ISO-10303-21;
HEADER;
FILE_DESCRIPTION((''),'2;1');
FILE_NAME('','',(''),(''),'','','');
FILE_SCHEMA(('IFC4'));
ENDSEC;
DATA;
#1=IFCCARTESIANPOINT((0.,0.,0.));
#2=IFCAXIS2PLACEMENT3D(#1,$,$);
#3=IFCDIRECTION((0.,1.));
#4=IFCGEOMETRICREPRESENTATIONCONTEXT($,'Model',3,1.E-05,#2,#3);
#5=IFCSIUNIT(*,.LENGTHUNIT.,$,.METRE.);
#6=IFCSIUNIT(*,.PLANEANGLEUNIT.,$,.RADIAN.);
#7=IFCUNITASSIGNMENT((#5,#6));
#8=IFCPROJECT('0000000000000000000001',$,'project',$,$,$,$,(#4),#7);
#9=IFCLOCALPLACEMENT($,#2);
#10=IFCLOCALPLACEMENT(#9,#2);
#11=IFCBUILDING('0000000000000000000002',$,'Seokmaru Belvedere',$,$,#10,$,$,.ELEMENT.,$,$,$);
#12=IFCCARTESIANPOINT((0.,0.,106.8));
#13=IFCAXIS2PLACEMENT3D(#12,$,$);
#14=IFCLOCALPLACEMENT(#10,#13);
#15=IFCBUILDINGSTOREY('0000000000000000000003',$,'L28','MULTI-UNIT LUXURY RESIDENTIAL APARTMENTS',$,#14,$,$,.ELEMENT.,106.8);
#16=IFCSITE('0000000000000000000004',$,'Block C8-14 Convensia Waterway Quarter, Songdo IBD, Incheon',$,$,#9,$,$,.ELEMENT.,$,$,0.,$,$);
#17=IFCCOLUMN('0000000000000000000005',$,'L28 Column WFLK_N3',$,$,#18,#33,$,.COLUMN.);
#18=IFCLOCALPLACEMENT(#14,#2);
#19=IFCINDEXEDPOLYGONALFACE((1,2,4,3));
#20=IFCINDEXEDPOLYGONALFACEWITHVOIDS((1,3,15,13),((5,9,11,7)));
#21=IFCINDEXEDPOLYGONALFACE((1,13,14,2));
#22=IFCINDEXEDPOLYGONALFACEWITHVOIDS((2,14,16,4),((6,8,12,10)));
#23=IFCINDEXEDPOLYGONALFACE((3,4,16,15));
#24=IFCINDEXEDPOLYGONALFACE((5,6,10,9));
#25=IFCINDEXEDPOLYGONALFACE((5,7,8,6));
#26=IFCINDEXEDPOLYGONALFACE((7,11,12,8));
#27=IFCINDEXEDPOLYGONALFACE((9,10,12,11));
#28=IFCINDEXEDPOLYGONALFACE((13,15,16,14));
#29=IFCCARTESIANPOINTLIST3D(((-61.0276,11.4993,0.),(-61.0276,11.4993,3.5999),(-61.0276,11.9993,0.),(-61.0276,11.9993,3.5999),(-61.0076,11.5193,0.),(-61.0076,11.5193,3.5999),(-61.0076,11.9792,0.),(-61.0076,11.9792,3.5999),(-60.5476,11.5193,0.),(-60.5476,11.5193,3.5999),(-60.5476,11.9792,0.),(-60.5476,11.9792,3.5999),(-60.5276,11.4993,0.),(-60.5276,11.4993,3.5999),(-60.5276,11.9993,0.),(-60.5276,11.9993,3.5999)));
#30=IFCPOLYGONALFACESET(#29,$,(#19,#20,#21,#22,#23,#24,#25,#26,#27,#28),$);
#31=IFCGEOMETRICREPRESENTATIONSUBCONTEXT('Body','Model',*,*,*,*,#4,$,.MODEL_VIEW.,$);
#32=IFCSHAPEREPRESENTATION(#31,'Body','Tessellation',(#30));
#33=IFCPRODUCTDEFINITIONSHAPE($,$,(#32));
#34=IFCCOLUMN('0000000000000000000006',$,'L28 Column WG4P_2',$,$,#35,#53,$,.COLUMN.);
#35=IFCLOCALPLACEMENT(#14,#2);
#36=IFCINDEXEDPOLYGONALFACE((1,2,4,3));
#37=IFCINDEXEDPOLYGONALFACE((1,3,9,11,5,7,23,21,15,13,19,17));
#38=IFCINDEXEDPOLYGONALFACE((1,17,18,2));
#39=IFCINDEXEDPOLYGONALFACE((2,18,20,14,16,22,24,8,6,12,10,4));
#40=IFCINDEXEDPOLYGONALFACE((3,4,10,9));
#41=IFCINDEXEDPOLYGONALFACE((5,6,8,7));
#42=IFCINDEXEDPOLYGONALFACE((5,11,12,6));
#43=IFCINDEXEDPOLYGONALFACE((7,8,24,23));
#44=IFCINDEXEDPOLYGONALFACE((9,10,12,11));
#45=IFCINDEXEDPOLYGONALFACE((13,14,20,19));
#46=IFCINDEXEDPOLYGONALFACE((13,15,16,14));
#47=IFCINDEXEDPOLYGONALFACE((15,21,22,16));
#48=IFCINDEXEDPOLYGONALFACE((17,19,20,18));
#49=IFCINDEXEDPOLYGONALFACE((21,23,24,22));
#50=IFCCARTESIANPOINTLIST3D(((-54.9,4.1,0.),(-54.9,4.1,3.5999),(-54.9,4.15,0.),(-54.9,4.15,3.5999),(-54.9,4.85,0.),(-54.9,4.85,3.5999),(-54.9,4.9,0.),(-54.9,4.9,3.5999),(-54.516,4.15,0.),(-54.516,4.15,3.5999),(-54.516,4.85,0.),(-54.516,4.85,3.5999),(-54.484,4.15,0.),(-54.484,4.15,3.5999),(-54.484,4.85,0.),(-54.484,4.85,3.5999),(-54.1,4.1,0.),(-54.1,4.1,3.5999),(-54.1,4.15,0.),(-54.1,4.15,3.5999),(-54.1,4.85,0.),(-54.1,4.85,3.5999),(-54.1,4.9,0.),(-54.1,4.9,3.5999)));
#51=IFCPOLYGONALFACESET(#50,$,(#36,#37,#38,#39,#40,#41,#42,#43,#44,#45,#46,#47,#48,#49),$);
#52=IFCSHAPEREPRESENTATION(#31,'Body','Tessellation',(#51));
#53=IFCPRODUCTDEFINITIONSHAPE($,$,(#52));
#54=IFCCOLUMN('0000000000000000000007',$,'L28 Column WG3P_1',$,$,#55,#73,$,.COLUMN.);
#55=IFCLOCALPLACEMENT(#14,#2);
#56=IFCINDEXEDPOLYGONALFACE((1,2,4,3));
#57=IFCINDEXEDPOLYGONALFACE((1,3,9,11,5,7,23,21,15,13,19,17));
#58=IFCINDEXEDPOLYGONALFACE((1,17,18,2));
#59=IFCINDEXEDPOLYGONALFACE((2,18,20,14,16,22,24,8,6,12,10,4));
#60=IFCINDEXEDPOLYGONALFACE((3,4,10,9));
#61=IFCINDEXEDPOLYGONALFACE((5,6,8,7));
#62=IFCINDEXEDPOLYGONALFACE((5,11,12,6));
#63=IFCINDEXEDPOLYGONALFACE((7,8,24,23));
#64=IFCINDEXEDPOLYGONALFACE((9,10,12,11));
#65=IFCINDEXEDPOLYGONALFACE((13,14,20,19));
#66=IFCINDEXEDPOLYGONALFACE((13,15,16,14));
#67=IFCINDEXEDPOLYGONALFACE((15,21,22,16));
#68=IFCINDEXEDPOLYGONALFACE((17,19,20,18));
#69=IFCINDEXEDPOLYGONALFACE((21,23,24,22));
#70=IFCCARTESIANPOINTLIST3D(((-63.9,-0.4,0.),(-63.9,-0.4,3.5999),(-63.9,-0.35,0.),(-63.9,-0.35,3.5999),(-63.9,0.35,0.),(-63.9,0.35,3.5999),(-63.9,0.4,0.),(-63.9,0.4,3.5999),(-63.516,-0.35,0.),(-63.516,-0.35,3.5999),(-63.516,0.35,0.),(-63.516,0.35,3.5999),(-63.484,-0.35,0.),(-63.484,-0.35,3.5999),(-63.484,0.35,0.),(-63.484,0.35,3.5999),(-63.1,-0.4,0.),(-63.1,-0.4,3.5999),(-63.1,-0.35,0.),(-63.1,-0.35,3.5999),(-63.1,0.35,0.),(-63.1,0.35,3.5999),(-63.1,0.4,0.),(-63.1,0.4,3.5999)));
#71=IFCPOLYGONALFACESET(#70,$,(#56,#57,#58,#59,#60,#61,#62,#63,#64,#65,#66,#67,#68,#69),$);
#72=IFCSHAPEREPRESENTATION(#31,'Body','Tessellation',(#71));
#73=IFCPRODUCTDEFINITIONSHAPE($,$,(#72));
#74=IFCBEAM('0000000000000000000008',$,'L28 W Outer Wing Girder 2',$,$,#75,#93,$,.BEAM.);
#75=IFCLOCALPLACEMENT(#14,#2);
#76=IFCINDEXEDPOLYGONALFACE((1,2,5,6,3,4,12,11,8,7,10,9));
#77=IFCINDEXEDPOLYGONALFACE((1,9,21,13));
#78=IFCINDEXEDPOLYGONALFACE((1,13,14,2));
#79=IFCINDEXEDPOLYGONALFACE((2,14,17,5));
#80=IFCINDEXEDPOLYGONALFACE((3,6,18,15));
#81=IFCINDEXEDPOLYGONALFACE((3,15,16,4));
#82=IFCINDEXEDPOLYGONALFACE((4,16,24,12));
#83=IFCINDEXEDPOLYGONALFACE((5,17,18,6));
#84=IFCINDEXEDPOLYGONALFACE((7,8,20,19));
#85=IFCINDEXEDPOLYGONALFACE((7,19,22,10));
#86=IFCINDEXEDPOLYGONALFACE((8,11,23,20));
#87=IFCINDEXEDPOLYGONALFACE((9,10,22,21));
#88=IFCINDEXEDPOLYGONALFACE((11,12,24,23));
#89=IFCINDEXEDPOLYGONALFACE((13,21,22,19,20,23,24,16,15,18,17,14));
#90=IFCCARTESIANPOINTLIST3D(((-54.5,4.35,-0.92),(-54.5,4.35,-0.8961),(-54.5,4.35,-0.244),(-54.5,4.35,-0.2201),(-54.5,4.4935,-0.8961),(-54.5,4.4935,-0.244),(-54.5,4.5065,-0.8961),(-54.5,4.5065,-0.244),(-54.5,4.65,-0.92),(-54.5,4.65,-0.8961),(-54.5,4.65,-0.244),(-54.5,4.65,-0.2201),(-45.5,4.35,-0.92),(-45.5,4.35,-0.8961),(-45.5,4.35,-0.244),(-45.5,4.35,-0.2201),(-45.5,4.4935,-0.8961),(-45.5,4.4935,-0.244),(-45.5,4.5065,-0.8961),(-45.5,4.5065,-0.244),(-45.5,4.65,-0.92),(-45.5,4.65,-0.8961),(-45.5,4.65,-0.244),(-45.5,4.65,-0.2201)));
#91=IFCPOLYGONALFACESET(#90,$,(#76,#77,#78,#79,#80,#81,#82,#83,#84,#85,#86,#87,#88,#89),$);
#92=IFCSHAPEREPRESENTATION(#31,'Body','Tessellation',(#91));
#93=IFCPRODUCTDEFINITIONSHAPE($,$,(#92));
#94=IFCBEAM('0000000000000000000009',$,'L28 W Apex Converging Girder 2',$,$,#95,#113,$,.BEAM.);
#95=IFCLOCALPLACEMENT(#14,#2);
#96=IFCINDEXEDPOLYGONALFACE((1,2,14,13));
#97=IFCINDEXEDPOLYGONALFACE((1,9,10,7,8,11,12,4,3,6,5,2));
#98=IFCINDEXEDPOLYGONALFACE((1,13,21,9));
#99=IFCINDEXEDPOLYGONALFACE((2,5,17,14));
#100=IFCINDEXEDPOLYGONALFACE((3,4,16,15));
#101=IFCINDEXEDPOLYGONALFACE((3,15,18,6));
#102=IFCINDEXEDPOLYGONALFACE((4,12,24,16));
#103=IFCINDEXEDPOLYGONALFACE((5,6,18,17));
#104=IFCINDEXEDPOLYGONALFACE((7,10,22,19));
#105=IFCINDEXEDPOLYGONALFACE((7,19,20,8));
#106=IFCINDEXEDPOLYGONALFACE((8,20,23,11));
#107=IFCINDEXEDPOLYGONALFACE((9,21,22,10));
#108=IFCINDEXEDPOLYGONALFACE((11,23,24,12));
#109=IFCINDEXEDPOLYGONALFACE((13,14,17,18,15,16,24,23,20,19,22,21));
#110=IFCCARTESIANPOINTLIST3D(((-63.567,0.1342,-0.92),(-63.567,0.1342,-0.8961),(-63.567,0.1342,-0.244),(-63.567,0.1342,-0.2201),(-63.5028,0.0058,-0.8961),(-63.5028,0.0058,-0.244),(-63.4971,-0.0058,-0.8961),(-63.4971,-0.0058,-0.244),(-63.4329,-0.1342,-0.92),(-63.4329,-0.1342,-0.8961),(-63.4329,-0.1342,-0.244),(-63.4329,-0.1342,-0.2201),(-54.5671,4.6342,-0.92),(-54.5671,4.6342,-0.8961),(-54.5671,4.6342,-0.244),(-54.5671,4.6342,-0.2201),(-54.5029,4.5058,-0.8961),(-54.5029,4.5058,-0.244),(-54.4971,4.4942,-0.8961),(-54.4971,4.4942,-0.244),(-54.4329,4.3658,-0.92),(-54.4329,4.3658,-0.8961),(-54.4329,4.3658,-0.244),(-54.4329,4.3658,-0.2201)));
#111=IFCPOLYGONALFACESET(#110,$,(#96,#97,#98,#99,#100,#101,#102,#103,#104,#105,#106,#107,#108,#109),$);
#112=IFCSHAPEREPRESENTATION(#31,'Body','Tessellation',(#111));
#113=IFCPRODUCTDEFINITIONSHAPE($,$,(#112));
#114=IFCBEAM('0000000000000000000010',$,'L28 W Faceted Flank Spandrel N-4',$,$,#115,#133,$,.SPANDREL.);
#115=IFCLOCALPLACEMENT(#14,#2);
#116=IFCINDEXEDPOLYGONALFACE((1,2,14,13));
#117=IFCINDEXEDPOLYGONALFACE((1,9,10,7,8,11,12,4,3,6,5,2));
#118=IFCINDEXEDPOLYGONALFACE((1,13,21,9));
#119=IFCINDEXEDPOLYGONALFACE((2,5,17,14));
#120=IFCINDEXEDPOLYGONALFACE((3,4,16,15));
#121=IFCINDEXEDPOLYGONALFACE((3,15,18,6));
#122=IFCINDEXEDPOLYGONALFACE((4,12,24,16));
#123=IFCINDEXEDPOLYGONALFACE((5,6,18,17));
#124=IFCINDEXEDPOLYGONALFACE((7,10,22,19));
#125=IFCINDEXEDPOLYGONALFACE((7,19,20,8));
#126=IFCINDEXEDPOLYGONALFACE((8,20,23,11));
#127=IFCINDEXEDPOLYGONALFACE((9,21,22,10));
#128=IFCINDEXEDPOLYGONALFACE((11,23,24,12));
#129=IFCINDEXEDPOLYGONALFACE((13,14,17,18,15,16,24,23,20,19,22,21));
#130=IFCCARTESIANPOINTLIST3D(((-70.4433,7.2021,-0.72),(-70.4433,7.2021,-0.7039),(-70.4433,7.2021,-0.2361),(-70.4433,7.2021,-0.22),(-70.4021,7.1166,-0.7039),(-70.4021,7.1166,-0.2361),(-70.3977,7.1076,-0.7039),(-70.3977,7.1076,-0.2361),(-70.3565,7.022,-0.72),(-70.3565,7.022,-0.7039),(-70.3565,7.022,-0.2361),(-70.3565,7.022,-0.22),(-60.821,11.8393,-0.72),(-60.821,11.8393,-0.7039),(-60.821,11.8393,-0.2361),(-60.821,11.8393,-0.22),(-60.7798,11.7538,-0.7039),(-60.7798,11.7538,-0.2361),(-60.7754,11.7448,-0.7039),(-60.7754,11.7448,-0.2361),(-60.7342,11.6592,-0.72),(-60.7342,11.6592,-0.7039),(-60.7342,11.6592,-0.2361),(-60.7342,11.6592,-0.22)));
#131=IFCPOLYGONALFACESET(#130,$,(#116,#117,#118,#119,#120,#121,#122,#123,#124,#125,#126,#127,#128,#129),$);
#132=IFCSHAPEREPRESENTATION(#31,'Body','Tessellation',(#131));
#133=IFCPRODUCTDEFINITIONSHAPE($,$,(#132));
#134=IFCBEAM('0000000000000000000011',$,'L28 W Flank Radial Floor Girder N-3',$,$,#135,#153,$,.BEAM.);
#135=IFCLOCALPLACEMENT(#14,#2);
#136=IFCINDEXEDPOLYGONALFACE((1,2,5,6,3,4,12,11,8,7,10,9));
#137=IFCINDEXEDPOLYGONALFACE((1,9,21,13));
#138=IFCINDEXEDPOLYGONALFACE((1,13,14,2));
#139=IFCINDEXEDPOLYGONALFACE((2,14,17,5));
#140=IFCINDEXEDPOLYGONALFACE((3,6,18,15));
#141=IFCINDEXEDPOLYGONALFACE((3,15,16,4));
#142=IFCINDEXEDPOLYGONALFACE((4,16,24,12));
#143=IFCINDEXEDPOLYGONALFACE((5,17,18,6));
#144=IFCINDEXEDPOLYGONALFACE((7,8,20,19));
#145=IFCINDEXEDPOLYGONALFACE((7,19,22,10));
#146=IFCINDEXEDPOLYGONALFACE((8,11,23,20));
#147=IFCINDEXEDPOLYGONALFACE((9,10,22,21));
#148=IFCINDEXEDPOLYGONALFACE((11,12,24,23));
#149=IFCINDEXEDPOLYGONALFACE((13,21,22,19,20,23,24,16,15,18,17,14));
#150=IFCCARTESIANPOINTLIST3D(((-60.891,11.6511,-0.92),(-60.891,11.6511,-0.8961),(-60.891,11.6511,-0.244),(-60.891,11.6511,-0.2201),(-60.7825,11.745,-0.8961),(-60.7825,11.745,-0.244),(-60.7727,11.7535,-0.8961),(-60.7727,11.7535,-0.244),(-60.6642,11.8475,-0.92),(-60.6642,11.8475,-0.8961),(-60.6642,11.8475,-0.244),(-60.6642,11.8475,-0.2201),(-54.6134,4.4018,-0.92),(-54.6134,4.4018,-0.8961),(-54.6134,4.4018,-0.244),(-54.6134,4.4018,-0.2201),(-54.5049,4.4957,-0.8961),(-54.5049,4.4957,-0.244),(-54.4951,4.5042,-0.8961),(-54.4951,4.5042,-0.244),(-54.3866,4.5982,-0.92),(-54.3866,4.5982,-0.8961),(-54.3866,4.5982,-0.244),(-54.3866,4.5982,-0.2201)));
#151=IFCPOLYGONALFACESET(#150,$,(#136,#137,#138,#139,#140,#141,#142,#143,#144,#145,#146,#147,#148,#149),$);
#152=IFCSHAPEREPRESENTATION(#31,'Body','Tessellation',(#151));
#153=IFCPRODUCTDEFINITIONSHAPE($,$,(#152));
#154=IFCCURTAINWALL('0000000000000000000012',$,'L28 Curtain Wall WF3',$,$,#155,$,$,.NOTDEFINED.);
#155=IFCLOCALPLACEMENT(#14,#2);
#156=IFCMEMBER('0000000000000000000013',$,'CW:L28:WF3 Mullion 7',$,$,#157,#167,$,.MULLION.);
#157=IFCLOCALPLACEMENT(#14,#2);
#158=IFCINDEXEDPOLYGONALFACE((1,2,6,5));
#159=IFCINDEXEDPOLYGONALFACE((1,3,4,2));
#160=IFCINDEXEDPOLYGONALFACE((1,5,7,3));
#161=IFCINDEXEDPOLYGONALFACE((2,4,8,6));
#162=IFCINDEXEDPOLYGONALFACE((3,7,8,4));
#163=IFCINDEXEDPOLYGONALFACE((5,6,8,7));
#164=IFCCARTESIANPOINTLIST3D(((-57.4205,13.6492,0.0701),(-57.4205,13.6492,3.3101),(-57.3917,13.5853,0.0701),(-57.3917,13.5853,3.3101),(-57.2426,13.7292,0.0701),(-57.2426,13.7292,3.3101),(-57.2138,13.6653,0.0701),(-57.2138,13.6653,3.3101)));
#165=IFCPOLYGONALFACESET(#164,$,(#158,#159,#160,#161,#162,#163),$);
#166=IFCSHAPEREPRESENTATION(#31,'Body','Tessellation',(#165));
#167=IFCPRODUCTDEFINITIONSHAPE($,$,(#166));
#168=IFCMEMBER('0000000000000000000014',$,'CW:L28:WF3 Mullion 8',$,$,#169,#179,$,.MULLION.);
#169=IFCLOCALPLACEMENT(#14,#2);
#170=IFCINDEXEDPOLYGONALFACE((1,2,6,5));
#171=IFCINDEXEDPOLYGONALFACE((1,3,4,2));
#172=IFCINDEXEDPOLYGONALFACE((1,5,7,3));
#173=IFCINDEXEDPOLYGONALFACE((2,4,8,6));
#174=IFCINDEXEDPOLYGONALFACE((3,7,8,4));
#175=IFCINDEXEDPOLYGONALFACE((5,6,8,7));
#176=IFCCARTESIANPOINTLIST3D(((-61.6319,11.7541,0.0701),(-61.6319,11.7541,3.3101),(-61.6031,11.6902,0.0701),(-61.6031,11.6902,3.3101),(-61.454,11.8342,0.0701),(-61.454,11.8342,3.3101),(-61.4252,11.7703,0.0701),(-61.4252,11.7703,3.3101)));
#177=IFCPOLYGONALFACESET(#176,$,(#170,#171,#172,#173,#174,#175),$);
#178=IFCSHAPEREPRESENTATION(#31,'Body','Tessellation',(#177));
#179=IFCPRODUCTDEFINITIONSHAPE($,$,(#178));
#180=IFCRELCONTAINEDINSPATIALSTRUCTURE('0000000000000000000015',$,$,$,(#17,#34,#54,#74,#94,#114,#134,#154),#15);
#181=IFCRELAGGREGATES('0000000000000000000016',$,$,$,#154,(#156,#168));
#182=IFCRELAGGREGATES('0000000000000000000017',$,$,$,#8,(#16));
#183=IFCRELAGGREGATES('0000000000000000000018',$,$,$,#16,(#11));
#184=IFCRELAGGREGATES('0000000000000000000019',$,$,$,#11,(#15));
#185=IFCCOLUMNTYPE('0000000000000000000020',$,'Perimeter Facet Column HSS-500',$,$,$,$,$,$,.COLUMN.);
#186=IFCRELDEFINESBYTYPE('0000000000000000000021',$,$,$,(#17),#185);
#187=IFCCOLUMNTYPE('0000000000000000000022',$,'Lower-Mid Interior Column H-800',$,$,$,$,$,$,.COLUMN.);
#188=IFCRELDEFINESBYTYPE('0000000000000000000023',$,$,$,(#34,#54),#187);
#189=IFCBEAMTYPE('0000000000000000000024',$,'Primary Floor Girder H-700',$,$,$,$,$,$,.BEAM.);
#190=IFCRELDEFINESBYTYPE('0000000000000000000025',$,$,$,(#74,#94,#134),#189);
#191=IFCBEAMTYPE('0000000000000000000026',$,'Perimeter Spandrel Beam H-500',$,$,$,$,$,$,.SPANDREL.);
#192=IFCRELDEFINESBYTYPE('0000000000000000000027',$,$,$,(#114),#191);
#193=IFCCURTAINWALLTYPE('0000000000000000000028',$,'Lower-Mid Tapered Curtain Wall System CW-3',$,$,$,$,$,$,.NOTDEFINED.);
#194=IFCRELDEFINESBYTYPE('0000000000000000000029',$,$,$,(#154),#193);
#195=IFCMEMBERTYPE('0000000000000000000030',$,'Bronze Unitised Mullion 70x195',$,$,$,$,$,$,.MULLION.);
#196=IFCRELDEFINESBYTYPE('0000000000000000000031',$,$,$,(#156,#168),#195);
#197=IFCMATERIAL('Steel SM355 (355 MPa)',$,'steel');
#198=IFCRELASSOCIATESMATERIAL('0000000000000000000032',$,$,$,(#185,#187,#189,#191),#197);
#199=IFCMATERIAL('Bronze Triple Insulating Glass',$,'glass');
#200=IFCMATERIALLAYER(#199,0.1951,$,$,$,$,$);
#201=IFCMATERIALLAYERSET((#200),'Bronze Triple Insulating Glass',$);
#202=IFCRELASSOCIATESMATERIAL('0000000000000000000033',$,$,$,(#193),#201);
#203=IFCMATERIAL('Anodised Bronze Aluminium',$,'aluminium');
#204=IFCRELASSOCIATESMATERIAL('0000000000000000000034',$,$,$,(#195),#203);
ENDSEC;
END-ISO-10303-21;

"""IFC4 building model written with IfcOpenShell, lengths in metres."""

from ifc_helpers import new_model, si_unit, direction, frame, origin, origin_2d, place, context, subcontext, project, spatial, rectangle, hollow_rectangle, i_section, extrude, source, transform, mapped, material, layer, layer_set, material_profile, profile_set, type_object, type_shapes, element, aggregate, save


model = new_model("IFC4")

# Units and contexts
model_context = context("Model", 3, precision=1e-05, world=origin(), true_north=direction((0.0, 1.0)))
body_context = subcontext(model_context, "Body", "Model", "MODEL_VIEW")
ifc_project = project(units=[si_unit("LENGTHUNIT", "METRE"), si_unit("PLANEANGLEUNIT", "RADIAN")], contexts=[model_context])

# Site, building, storey
site_placement = place(None, origin())
site = spatial("IfcSite", under=ifc_project, at=site_placement, Name="Block C8-14 Convensia Waterway Quarter, Songdo IBD, Incheon", CompositionType="ELEMENT", RefElevation=0.0)
building_placement = place(site_placement, origin())
building = spatial("IfcBuilding", under=site, at=building_placement, Name="Seokmaru Belvedere", CompositionType="ELEMENT")
storey_placement = place(building_placement, frame((0.0, 0.0, 106.8)))
storey = spatial("IfcBuildingStorey", under=building, at=storey_placement, Name="L28", Description="MULTI-UNIT LUXURY RESIDENTIAL APARTMENTS", CompositionType="ELEMENT", Elevation=106.8)

# Columns
ifc_material_1 = material(Name="Steel SM355 (355 MPa)", Category="steel")
ifc_material_profile_1 = material_profile(ifc_material_1, hollow_rectangle(XDim=0.5, YDim=0.5, WallThickness=0.02, at=origin_2d()), Name="HSS-500x500x20")
ifc_profile_set_1 = profile_set([ifc_material_profile_1], Name="Steel SM355 (355 MPa)")
column_type_1 = type_object("IfcColumnType", Name="Perimeter Facet Column HSS-500", PredefinedType="COLUMN", material=ifc_profile_set_1)
shared_shape_1 = source(origin(), body_context, "Body", "SweptSolid", [
    extrude(hollow_rectangle(XDim=0.5, YDim=0.5, WallThickness=0.02, at=origin_2d()), origin(), (0.0, 0.0, 1.0), 3.5999),
])
type_shapes(column_type_1, [shared_shape_1])
column_placement = place(storey_placement, frame((-60.7776, 11.7493, 0.0), z_axis=(0.0, 0.0, 1.0), x_axis=(1.0, 0.0, 0.0)))
element("IfcColumn", 1, at=column_placement, inside=storey, type_object=column_type_1, Name="L28 Column WFLK_N3", PredefinedType="COLUMN", context=body_context, shape_type="MappedRepresentation", body=[
    mapped(shared_shape_1, transform((0.0, 0.0, 0.0), scale=1.0)),
])
ifc_material_profile_2 = material_profile(ifc_material_1, i_section(OverallWidth=0.8, OverallDepth=0.8, WebThickness=0.032, FlangeThickness=0.05, at=origin_2d()), Name="H-800x800x32x50")
ifc_profile_set_2 = profile_set([ifc_material_profile_2], Name="Steel SM355 (355 MPa)")
column_type_2 = type_object("IfcColumnType", Name="Lower-Mid Interior Column H-800", PredefinedType="COLUMN", material=ifc_profile_set_2)
shared_shape_2 = source(origin(), body_context, "Body", "SweptSolid", [
    extrude(i_section(OverallWidth=0.8, OverallDepth=0.8, WebThickness=0.032, FlangeThickness=0.05, at=origin_2d()), origin(), (0.0, 0.0, 1.0), 3.5999),
])
type_shapes(column_type_2, [shared_shape_2])
for number, where, z_axis, x_axis, name in (
    (2, (-54.5, 4.5, 0.0), (0.0, 0.0, 1.0), (1.0, 0.0, 0.0), "L28 Column WG4P_2"),
    (3, (-63.5, 0.0, 0.0), (0.0, 0.0, 1.0), (1.0, 0.0, 0.0), "L28 Column WG3P_1"),
):
    element("IfcColumn", number, at=place(storey_placement, frame(where, z_axis=z_axis, x_axis=x_axis)), inside=storey, type_object=column_type_2, Name=name, PredefinedType="COLUMN", context=body_context, shape_type="MappedRepresentation", body=[
        mapped(shared_shape_2, transform((0.0, 0.0, 0.0), scale=1.0)),
    ])

# Beams
ifc_material_profile_3 = material_profile(ifc_material_1, i_section(OverallWidth=0.3, OverallDepth=0.7, WebThickness=0.0129, FlangeThickness=0.0239, at=origin_2d()), Name="H-700x300x13x24")
ifc_profile_set_3 = profile_set([ifc_material_profile_3], Name="Steel SM355 (355 MPa)")
beam_type_1 = type_object("IfcBeamType", Name="Primary Floor Girder H-700", PredefinedType="BEAM", material=ifc_profile_set_3)
shared_shape_3 = source(origin(), body_context, "Body", "SweptSolid", [
    extrude(i_section(OverallWidth=0.3, OverallDepth=0.7, WebThickness=0.0129, FlangeThickness=0.0239, at=origin_2d()), origin(), (0.0, 0.0, 1.0), 9.0),
])
beam_1_placement = place(storey_placement, frame((-54.5, 4.5, -0.5701), z_axis=(1.0, 0.0, 0.0), x_axis=(0.0, 1.0, 0.0)))
element("IfcBeam", 4, at=beam_1_placement, inside=storey, type_object=beam_type_1, Name="L28 W Outer Wing Girder 2", PredefinedType="BEAM", context=body_context, shape_type="MappedRepresentation", body=[
    mapped(shared_shape_3, transform((0.0, 0.0, 0.0), scale=1.0)),
])
shared_shape_4 = source(origin(), body_context, "Body", "SweptSolid", [
    extrude(i_section(OverallWidth=0.3, OverallDepth=0.7, WebThickness=0.0129, FlangeThickness=0.0239, at=origin_2d()), origin(), (0.0, 0.0, 1.0), 10.0623),
])
beam_2_placement = place(storey_placement, frame((-54.5, 4.5, -0.5701), z_axis=(-0.894427, -0.447214, 0.0), x_axis=(0.447214, -0.894427, 0.0)))
element("IfcBeam", 5, at=beam_2_placement, inside=storey, type_object=beam_type_1, Name="L28 W Apex Converging Girder 2", PredefinedType="BEAM", context=body_context, shape_type="MappedRepresentation", body=[
    mapped(shared_shape_4, transform((0.0, 0.0, 0.0), scale=1.0)),
])
ifc_material_profile_4 = material_profile(ifc_material_1, i_section(OverallWidth=0.2, OverallDepth=0.5, WebThickness=0.01, FlangeThickness=0.0161, at=origin_2d()), Name="H-500x200x10x16")
ifc_profile_set_4 = profile_set([ifc_material_profile_4], Name="Steel SM355 (355 MPa)")
beam_type_2 = type_object("IfcBeamType", Name="Perimeter Spandrel Beam H-500", PredefinedType="SPANDREL", material=ifc_profile_set_4)
shared_shape_5 = source(origin(), body_context, "Body", "SweptSolid", [
    extrude(i_section(OverallWidth=0.2, OverallDepth=0.5, WebThickness=0.01, FlangeThickness=0.0161, at=origin_2d()), origin(), (0.0, 0.0, 1.0), 10.6814),
])
type_shapes(beam_type_2, [shared_shape_5])
beam_3_placement = place(storey_placement, frame((-60.7776, 11.7493, -0.47), z_axis=(-0.900846, -0.434138, 0.0), x_axis=(0.434138, -0.900846, 0.0)))
element("IfcBeam", 6, at=beam_3_placement, inside=storey, type_object=beam_type_2, Name="L28 W Faceted Flank Spandrel N-4", PredefinedType="SPANDREL", context=body_context, shape_type="MappedRepresentation", body=[
    mapped(shared_shape_5, transform((0.0, 0.0, 0.0), scale=1.0)),
])
shared_shape_6 = source(origin(), body_context, "Body", "SweptSolid", [
    extrude(i_section(OverallWidth=0.3, OverallDepth=0.7, WebThickness=0.0129, FlangeThickness=0.0239, at=origin_2d()), origin(), (0.0, 0.0, 1.0), 9.5896),
])
type_shapes(beam_type_1, [shared_shape_3, shared_shape_4, shared_shape_6])
beam_4_placement = place(storey_placement, frame((-60.7776, 11.7493, -0.5701), z_axis=(0.654626, -0.755953, 0.0), x_axis=(0.755953, 0.654626, 0.0)))
element("IfcBeam", 7, at=beam_4_placement, inside=storey, type_object=beam_type_1, Name="L28 W Flank Radial Floor Girder N-3", PredefinedType="BEAM", context=body_context, shape_type="MappedRepresentation", body=[
    mapped(shared_shape_6, transform((0.0, 0.0, 0.0), scale=1.0)),
])

# Curtain wall, members
ifc_material_2 = material(Name="Bronze Triple Insulating Glass", Category="glass")
ifc_layer_1 = layer(ifc_material_2, 0.1951)
ifc_layer_set_1 = layer_set([ifc_layer_1], Name="Bronze Triple Insulating Glass")
curtain_wall_type = type_object("IfcCurtainWallType", Name="Lower-Mid Tapered Curtain Wall System CW-3", PredefinedType="NOTDEFINED", material=ifc_layer_set_1)
curtain_wall_placement = place(storey_placement, origin())
curtain_wall = element("IfcCurtainWall", 8, at=curtain_wall_placement, inside=storey, type_object=curtain_wall_type, Name="L28 Curtain Wall WF3", PredefinedType="NOTDEFINED")
ifc_material_3 = material(Name="Anodised Bronze Aluminium", Category="aluminium")
ifc_material_profile_5 = material_profile(ifc_material_3, rectangle(XDim=0.0701, YDim=0.1951, at=origin_2d()), Name="CW-M-70x195")
ifc_profile_set_5 = profile_set([ifc_material_profile_5], Name="Anodised Bronze Aluminium")
member_type = type_object("IfcMemberType", Name="Bronze Unitised Mullion 70x195", PredefinedType="MULLION", material=ifc_profile_set_5)
shared_shape_7 = source(origin(), body_context, "Body", "SweptSolid", [
    extrude(rectangle(XDim=0.0701, YDim=0.1951, at=origin_2d()), origin(), (0.0, 0.0, 1.0), 3.24),
])
type_shapes(member_type, [shared_shape_7])
member_1_placement = place(storey_placement, frame((-57.3171, 13.6572, 0.0701), z_axis=(0.0, 0.0, 1.0), x_axis=(0.410366, -0.911921, 0.0)))
member_1 = element("IfcMember", 9, at=member_1_placement, type_object=member_type, Name="CW:L28:WF3 Mullion 7", PredefinedType="MULLION", context=body_context, shape_type="MappedRepresentation", body=[
    mapped(shared_shape_7, transform((0.0, 0.0, 0.0), scale=1.0)),
])
member_2_placement = place(storey_placement, frame((-61.5286, 11.7622, 0.0701), z_axis=(0.0, 0.0, 1.0), x_axis=(0.410366, -0.911921, 0.0)))
member_2 = element("IfcMember", 10, at=member_2_placement, type_object=member_type, Name="CW:L28:WF3 Mullion 8", PredefinedType="MULLION", context=body_context, shape_type="MappedRepresentation", body=[
    mapped(shared_shape_7, transform((0.0, 0.0, 0.0), scale=1.0)),
])
aggregate(curtain_wall, [member_1, member_2])

save(model, "model.ifc")
